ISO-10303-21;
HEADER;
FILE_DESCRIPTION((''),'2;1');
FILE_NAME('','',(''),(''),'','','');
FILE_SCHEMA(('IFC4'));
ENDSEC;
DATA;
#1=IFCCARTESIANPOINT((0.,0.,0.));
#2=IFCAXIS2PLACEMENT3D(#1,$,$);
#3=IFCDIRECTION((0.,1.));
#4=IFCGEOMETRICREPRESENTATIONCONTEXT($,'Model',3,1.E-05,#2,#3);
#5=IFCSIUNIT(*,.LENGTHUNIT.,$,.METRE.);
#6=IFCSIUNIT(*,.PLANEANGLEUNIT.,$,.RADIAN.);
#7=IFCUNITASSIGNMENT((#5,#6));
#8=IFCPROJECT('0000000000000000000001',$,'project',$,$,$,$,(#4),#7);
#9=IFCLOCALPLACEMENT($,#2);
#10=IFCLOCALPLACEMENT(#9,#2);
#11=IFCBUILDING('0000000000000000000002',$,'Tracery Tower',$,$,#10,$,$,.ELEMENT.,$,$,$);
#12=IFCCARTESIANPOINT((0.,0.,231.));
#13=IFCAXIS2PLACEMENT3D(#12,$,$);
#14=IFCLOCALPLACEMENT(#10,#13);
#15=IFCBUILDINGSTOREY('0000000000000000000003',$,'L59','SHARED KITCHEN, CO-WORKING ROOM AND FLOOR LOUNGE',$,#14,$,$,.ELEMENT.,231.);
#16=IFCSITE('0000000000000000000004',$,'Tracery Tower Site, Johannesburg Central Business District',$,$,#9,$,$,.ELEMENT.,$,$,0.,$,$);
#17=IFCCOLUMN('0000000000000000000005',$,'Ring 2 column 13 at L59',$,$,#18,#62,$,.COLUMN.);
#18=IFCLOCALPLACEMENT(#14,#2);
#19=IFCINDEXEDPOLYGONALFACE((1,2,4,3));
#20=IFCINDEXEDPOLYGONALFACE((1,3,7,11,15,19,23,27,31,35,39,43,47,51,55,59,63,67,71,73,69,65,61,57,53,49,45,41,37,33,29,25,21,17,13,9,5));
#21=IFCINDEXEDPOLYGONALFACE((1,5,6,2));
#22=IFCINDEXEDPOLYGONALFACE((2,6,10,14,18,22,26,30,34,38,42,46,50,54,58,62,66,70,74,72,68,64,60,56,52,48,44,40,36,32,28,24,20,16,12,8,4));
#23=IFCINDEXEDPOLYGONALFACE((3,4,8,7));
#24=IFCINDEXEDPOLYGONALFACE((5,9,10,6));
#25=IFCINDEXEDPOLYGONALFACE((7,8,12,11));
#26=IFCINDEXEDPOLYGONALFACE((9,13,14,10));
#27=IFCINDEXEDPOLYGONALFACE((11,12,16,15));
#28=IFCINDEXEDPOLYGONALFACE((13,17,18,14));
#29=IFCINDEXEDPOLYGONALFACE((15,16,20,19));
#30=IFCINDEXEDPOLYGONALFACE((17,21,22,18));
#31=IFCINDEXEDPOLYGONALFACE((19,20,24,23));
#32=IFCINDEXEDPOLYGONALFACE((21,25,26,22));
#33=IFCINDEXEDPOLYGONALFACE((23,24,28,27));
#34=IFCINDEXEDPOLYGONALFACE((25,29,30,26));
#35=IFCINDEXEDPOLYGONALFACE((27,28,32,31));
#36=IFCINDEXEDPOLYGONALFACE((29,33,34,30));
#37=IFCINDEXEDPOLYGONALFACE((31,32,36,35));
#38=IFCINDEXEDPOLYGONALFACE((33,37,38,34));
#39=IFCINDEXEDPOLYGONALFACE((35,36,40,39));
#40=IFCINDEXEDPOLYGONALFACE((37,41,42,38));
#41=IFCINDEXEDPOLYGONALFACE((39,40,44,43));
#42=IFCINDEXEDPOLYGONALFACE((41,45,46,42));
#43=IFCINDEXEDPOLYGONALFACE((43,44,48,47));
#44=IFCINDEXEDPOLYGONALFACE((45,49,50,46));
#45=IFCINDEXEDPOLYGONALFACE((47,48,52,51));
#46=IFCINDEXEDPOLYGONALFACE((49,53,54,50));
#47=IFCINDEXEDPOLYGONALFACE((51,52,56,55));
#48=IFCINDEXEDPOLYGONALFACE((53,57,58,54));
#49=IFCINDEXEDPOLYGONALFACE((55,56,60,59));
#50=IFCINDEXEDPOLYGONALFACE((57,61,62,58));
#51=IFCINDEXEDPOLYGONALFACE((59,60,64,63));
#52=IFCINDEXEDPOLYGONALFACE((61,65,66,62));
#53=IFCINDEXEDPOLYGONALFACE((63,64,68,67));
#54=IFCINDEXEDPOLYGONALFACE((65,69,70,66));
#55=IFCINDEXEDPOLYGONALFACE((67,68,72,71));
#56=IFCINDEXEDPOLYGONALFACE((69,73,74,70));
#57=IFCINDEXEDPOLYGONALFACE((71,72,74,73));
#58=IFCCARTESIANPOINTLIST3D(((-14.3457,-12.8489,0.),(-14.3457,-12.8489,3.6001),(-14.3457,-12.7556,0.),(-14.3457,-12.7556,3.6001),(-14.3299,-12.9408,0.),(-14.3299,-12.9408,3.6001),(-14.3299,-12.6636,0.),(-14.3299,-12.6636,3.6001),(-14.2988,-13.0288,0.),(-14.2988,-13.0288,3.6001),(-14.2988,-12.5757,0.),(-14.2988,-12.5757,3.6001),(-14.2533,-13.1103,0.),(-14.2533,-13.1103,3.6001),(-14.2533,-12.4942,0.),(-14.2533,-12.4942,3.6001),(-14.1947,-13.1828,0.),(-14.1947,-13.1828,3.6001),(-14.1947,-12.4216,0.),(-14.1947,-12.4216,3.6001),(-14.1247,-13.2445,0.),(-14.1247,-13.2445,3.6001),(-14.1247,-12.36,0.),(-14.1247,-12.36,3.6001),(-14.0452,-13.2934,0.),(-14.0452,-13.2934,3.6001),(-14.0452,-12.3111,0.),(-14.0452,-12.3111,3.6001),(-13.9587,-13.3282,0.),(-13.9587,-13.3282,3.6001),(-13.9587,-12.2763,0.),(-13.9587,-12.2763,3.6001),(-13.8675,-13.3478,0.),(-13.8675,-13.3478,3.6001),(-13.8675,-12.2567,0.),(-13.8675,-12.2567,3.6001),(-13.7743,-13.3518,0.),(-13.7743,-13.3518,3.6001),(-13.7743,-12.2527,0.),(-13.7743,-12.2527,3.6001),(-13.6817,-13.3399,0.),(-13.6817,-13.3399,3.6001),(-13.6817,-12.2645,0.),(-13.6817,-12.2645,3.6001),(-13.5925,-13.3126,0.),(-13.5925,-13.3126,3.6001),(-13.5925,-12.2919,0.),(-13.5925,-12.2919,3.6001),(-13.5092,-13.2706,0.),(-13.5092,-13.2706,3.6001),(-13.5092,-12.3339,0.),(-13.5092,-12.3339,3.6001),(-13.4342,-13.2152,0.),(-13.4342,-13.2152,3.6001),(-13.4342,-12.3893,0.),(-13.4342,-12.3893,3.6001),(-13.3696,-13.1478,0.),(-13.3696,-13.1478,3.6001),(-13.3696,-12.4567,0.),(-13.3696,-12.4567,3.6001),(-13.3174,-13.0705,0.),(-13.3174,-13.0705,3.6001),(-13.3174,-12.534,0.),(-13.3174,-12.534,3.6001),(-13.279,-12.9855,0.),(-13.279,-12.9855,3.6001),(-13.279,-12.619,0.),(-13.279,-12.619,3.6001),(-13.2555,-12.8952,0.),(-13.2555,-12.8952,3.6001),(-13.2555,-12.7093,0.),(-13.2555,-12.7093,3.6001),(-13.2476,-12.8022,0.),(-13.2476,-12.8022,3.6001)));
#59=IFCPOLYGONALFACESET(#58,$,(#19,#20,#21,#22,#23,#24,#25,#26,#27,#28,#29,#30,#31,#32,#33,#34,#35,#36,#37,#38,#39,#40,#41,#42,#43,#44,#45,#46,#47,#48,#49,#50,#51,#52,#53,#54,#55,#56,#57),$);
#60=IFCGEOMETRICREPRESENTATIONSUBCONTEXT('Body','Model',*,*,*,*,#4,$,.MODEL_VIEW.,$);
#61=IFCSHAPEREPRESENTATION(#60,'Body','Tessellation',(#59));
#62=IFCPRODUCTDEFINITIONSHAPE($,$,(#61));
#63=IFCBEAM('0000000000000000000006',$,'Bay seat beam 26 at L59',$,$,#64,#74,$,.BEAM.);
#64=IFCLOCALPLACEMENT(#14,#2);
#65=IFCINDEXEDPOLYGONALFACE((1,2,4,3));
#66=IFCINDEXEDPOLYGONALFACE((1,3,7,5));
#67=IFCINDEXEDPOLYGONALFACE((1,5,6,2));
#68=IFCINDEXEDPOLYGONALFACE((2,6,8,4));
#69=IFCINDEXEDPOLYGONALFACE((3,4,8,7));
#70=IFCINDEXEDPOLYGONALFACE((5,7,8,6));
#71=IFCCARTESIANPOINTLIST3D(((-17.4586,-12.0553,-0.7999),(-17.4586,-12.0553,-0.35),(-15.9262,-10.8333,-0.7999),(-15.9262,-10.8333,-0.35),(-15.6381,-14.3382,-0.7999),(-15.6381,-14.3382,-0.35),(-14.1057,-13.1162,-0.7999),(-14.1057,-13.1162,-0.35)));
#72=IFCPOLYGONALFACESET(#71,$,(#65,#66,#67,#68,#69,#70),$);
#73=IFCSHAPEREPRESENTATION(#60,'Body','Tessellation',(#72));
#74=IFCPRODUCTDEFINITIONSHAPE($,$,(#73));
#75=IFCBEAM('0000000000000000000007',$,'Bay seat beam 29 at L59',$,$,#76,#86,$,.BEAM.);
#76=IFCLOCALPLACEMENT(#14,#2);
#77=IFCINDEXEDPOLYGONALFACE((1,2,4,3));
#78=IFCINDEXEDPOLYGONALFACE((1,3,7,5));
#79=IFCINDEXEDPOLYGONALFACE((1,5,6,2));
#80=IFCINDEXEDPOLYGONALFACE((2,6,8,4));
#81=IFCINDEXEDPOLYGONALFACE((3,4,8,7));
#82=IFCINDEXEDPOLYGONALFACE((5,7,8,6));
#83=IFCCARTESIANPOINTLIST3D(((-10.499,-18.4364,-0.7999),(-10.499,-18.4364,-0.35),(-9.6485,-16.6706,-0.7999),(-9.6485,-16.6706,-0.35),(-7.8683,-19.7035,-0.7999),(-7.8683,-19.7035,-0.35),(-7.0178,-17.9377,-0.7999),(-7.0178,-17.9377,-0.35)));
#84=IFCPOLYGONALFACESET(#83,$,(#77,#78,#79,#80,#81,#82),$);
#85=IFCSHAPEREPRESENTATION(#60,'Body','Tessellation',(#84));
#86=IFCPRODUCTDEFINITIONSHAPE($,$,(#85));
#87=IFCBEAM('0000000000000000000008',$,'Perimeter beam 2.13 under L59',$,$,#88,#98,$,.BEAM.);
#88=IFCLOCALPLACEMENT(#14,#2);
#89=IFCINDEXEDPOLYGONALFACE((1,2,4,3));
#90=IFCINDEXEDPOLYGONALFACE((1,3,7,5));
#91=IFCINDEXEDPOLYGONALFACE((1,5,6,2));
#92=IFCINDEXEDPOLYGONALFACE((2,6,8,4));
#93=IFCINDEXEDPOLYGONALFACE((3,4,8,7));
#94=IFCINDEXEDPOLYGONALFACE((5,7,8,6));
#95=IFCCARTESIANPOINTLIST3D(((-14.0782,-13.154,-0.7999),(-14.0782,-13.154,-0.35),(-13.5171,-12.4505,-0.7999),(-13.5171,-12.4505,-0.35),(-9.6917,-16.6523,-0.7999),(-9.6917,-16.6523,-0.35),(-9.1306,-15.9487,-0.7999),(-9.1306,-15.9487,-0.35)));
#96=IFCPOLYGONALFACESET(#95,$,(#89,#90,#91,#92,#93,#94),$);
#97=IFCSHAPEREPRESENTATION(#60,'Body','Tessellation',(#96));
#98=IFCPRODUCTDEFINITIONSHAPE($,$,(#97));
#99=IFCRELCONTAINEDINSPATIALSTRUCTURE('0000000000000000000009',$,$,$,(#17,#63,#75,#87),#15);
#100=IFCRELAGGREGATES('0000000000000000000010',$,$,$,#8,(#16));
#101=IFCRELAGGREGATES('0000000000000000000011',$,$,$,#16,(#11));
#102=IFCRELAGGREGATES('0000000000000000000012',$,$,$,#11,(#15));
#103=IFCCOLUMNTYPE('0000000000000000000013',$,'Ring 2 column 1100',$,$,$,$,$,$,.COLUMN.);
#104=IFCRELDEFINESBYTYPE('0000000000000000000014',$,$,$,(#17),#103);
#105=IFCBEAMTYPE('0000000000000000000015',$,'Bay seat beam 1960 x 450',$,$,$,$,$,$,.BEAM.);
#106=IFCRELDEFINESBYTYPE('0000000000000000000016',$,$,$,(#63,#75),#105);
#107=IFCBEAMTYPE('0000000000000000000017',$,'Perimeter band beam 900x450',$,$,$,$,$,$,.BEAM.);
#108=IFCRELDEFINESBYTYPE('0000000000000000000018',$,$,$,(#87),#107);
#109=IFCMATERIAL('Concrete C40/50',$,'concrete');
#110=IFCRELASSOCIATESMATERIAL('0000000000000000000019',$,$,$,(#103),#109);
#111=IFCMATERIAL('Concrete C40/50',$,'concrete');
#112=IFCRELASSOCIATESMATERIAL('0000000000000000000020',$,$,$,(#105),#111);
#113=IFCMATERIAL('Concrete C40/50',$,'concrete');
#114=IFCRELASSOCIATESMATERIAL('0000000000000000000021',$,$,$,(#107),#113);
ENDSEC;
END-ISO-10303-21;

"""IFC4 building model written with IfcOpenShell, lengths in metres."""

from ifc_helpers import new_model, si_unit, direction, frame, origin, origin_2d, place, context, subcontext, project, spatial, rectangle, circle, extrude, material, material_profile, profile_set, type_object, element, save


model = new_model("IFC4")

# Units and contexts
model_context = context("Model", 3, precision=1e-05, world=origin(), true_north=direction((0.0, 1.0)))
body_context = subcontext(model_context, "Body", "Model", "MODEL_VIEW")
ifc_project = project(units=[si_unit("LENGTHUNIT", "METRE"), si_unit("PLANEANGLEUNIT", "RADIAN")], contexts=[model_context])

# Site, building, storey
site_placement = place(None, origin())
site = spatial("IfcSite", under=ifc_project, at=site_placement, Name="Tracery Tower Site, Johannesburg Central Business District", CompositionType="ELEMENT", RefElevation=0.0)
building_placement = place(site_placement, origin())
building = spatial("IfcBuilding", under=site, at=building_placement, Name="Tracery Tower", CompositionType="ELEMENT")
storey_placement = place(building_placement, frame((0.0, 0.0, 231.0)))
storey = spatial("IfcBuildingStorey", under=building, at=storey_placement, Name="L59", Description="SHARED KITCHEN, CO-WORKING ROOM AND FLOOR LOUNGE", CompositionType="ELEMENT", Elevation=231.0)

# Column
ifc_material_1 = material(Name="Concrete C40/50", Category="concrete")
ifc_material_profile_1 = material_profile(ifc_material_1, circle(Radius=0.55, at=origin_2d()), Name="RC D1100")
ifc_profile_set_1 = profile_set([ifc_material_profile_1], Name="Concrete C40/50")
column_type = type_object("IfcColumnType", Name="Ring 2 column 1100", PredefinedType="COLUMN", material=ifc_profile_set_1)
column_placement = place(storey_placement, frame((-13.7976, -12.8022, 0.0), z_axis=(0.0, 0.0, 1.0), x_axis=(1.0, 0.0, 0.0)))
element("IfcColumn", 1, at=column_placement, inside=storey, type_object=column_type, Name="Ring 2 column 13 at L59", PredefinedType="COLUMN", context=body_context, shape_type="SweptSolid", body=[
    extrude(circle(Radius=0.55, at=origin_2d()), origin(), (0.0, 0.0, 1.0), 3.6001),
])

# Beams
ifc_material_2 = material(Name="Concrete C40/50", Category="concrete")
ifc_material_profile_2 = material_profile(ifc_material_2, rectangle(XDim=1.96, YDim=0.45, at=origin_2d()), Name="RC 1960x450")
ifc_profile_set_2 = profile_set([ifc_material_profile_2], Name="Concrete C40/50")
beam_type_1 = type_object("IfcBeamType", Name="Bay seat beam 1960 x 450", PredefinedType="BEAM", material=ifc_profile_set_2)
for number, where, z_axis, x_axis, name in (
    (2, (-16.6924, -11.4443, -0.575), (0.623481, -0.781839, 0.0), (0.781839, 0.623481, 0.0), "Bay seat beam 26 at L59"),
    (3, (-10.0737, -17.5535, -0.575), (0.900935, -0.433954, 0.0), (0.433954, 0.900935, 0.0), "Bay seat beam 29 at L59"),
):
    element("IfcBeam", number, at=place(storey_placement, frame(where, z_axis=z_axis, x_axis=x_axis)), inside=storey, type_object=beam_type_1, Name=name, PredefinedType="BEAM", context=body_context, shape_type="SweptSolid", body=[
        extrude(rectangle(XDim=1.96, YDim=0.45, at=origin_2d()), origin(), (0.0, 0.0, 1.0), 2.9199),
    ])
ifc_material_3 = material(Name="Concrete C40/50", Category="concrete")
ifc_material_profile_3 = material_profile(ifc_material_3, rectangle(XDim=0.8999, YDim=0.45, at=origin_2d()), Name="RC 900x450")
ifc_profile_set_3 = profile_set([ifc_material_profile_3], Name="Concrete C40/50")
beam_type_2 = type_object("IfcBeamType", Name="Perimeter band beam 900x450", PredefinedType="BEAM", material=ifc_profile_set_3)
beam_placement = place(storey_placement, frame((-13.7976, -12.8022, -0.575), z_axis=(0.781815, -0.623511, 0.0), x_axis=(0.623511, 0.781815, 0.0)))
element("IfcBeam", 4, at=beam_placement, inside=storey, type_object=beam_type_2, Name="Perimeter beam 2.13 under L59", PredefinedType="BEAM", context=body_context, shape_type="SweptSolid", body=[
    extrude(rectangle(XDim=0.8999, YDim=0.45, at=origin_2d()), origin(), (0.0, 0.0, 1.0), 5.6106),
])

save(model, "model.ifc")
